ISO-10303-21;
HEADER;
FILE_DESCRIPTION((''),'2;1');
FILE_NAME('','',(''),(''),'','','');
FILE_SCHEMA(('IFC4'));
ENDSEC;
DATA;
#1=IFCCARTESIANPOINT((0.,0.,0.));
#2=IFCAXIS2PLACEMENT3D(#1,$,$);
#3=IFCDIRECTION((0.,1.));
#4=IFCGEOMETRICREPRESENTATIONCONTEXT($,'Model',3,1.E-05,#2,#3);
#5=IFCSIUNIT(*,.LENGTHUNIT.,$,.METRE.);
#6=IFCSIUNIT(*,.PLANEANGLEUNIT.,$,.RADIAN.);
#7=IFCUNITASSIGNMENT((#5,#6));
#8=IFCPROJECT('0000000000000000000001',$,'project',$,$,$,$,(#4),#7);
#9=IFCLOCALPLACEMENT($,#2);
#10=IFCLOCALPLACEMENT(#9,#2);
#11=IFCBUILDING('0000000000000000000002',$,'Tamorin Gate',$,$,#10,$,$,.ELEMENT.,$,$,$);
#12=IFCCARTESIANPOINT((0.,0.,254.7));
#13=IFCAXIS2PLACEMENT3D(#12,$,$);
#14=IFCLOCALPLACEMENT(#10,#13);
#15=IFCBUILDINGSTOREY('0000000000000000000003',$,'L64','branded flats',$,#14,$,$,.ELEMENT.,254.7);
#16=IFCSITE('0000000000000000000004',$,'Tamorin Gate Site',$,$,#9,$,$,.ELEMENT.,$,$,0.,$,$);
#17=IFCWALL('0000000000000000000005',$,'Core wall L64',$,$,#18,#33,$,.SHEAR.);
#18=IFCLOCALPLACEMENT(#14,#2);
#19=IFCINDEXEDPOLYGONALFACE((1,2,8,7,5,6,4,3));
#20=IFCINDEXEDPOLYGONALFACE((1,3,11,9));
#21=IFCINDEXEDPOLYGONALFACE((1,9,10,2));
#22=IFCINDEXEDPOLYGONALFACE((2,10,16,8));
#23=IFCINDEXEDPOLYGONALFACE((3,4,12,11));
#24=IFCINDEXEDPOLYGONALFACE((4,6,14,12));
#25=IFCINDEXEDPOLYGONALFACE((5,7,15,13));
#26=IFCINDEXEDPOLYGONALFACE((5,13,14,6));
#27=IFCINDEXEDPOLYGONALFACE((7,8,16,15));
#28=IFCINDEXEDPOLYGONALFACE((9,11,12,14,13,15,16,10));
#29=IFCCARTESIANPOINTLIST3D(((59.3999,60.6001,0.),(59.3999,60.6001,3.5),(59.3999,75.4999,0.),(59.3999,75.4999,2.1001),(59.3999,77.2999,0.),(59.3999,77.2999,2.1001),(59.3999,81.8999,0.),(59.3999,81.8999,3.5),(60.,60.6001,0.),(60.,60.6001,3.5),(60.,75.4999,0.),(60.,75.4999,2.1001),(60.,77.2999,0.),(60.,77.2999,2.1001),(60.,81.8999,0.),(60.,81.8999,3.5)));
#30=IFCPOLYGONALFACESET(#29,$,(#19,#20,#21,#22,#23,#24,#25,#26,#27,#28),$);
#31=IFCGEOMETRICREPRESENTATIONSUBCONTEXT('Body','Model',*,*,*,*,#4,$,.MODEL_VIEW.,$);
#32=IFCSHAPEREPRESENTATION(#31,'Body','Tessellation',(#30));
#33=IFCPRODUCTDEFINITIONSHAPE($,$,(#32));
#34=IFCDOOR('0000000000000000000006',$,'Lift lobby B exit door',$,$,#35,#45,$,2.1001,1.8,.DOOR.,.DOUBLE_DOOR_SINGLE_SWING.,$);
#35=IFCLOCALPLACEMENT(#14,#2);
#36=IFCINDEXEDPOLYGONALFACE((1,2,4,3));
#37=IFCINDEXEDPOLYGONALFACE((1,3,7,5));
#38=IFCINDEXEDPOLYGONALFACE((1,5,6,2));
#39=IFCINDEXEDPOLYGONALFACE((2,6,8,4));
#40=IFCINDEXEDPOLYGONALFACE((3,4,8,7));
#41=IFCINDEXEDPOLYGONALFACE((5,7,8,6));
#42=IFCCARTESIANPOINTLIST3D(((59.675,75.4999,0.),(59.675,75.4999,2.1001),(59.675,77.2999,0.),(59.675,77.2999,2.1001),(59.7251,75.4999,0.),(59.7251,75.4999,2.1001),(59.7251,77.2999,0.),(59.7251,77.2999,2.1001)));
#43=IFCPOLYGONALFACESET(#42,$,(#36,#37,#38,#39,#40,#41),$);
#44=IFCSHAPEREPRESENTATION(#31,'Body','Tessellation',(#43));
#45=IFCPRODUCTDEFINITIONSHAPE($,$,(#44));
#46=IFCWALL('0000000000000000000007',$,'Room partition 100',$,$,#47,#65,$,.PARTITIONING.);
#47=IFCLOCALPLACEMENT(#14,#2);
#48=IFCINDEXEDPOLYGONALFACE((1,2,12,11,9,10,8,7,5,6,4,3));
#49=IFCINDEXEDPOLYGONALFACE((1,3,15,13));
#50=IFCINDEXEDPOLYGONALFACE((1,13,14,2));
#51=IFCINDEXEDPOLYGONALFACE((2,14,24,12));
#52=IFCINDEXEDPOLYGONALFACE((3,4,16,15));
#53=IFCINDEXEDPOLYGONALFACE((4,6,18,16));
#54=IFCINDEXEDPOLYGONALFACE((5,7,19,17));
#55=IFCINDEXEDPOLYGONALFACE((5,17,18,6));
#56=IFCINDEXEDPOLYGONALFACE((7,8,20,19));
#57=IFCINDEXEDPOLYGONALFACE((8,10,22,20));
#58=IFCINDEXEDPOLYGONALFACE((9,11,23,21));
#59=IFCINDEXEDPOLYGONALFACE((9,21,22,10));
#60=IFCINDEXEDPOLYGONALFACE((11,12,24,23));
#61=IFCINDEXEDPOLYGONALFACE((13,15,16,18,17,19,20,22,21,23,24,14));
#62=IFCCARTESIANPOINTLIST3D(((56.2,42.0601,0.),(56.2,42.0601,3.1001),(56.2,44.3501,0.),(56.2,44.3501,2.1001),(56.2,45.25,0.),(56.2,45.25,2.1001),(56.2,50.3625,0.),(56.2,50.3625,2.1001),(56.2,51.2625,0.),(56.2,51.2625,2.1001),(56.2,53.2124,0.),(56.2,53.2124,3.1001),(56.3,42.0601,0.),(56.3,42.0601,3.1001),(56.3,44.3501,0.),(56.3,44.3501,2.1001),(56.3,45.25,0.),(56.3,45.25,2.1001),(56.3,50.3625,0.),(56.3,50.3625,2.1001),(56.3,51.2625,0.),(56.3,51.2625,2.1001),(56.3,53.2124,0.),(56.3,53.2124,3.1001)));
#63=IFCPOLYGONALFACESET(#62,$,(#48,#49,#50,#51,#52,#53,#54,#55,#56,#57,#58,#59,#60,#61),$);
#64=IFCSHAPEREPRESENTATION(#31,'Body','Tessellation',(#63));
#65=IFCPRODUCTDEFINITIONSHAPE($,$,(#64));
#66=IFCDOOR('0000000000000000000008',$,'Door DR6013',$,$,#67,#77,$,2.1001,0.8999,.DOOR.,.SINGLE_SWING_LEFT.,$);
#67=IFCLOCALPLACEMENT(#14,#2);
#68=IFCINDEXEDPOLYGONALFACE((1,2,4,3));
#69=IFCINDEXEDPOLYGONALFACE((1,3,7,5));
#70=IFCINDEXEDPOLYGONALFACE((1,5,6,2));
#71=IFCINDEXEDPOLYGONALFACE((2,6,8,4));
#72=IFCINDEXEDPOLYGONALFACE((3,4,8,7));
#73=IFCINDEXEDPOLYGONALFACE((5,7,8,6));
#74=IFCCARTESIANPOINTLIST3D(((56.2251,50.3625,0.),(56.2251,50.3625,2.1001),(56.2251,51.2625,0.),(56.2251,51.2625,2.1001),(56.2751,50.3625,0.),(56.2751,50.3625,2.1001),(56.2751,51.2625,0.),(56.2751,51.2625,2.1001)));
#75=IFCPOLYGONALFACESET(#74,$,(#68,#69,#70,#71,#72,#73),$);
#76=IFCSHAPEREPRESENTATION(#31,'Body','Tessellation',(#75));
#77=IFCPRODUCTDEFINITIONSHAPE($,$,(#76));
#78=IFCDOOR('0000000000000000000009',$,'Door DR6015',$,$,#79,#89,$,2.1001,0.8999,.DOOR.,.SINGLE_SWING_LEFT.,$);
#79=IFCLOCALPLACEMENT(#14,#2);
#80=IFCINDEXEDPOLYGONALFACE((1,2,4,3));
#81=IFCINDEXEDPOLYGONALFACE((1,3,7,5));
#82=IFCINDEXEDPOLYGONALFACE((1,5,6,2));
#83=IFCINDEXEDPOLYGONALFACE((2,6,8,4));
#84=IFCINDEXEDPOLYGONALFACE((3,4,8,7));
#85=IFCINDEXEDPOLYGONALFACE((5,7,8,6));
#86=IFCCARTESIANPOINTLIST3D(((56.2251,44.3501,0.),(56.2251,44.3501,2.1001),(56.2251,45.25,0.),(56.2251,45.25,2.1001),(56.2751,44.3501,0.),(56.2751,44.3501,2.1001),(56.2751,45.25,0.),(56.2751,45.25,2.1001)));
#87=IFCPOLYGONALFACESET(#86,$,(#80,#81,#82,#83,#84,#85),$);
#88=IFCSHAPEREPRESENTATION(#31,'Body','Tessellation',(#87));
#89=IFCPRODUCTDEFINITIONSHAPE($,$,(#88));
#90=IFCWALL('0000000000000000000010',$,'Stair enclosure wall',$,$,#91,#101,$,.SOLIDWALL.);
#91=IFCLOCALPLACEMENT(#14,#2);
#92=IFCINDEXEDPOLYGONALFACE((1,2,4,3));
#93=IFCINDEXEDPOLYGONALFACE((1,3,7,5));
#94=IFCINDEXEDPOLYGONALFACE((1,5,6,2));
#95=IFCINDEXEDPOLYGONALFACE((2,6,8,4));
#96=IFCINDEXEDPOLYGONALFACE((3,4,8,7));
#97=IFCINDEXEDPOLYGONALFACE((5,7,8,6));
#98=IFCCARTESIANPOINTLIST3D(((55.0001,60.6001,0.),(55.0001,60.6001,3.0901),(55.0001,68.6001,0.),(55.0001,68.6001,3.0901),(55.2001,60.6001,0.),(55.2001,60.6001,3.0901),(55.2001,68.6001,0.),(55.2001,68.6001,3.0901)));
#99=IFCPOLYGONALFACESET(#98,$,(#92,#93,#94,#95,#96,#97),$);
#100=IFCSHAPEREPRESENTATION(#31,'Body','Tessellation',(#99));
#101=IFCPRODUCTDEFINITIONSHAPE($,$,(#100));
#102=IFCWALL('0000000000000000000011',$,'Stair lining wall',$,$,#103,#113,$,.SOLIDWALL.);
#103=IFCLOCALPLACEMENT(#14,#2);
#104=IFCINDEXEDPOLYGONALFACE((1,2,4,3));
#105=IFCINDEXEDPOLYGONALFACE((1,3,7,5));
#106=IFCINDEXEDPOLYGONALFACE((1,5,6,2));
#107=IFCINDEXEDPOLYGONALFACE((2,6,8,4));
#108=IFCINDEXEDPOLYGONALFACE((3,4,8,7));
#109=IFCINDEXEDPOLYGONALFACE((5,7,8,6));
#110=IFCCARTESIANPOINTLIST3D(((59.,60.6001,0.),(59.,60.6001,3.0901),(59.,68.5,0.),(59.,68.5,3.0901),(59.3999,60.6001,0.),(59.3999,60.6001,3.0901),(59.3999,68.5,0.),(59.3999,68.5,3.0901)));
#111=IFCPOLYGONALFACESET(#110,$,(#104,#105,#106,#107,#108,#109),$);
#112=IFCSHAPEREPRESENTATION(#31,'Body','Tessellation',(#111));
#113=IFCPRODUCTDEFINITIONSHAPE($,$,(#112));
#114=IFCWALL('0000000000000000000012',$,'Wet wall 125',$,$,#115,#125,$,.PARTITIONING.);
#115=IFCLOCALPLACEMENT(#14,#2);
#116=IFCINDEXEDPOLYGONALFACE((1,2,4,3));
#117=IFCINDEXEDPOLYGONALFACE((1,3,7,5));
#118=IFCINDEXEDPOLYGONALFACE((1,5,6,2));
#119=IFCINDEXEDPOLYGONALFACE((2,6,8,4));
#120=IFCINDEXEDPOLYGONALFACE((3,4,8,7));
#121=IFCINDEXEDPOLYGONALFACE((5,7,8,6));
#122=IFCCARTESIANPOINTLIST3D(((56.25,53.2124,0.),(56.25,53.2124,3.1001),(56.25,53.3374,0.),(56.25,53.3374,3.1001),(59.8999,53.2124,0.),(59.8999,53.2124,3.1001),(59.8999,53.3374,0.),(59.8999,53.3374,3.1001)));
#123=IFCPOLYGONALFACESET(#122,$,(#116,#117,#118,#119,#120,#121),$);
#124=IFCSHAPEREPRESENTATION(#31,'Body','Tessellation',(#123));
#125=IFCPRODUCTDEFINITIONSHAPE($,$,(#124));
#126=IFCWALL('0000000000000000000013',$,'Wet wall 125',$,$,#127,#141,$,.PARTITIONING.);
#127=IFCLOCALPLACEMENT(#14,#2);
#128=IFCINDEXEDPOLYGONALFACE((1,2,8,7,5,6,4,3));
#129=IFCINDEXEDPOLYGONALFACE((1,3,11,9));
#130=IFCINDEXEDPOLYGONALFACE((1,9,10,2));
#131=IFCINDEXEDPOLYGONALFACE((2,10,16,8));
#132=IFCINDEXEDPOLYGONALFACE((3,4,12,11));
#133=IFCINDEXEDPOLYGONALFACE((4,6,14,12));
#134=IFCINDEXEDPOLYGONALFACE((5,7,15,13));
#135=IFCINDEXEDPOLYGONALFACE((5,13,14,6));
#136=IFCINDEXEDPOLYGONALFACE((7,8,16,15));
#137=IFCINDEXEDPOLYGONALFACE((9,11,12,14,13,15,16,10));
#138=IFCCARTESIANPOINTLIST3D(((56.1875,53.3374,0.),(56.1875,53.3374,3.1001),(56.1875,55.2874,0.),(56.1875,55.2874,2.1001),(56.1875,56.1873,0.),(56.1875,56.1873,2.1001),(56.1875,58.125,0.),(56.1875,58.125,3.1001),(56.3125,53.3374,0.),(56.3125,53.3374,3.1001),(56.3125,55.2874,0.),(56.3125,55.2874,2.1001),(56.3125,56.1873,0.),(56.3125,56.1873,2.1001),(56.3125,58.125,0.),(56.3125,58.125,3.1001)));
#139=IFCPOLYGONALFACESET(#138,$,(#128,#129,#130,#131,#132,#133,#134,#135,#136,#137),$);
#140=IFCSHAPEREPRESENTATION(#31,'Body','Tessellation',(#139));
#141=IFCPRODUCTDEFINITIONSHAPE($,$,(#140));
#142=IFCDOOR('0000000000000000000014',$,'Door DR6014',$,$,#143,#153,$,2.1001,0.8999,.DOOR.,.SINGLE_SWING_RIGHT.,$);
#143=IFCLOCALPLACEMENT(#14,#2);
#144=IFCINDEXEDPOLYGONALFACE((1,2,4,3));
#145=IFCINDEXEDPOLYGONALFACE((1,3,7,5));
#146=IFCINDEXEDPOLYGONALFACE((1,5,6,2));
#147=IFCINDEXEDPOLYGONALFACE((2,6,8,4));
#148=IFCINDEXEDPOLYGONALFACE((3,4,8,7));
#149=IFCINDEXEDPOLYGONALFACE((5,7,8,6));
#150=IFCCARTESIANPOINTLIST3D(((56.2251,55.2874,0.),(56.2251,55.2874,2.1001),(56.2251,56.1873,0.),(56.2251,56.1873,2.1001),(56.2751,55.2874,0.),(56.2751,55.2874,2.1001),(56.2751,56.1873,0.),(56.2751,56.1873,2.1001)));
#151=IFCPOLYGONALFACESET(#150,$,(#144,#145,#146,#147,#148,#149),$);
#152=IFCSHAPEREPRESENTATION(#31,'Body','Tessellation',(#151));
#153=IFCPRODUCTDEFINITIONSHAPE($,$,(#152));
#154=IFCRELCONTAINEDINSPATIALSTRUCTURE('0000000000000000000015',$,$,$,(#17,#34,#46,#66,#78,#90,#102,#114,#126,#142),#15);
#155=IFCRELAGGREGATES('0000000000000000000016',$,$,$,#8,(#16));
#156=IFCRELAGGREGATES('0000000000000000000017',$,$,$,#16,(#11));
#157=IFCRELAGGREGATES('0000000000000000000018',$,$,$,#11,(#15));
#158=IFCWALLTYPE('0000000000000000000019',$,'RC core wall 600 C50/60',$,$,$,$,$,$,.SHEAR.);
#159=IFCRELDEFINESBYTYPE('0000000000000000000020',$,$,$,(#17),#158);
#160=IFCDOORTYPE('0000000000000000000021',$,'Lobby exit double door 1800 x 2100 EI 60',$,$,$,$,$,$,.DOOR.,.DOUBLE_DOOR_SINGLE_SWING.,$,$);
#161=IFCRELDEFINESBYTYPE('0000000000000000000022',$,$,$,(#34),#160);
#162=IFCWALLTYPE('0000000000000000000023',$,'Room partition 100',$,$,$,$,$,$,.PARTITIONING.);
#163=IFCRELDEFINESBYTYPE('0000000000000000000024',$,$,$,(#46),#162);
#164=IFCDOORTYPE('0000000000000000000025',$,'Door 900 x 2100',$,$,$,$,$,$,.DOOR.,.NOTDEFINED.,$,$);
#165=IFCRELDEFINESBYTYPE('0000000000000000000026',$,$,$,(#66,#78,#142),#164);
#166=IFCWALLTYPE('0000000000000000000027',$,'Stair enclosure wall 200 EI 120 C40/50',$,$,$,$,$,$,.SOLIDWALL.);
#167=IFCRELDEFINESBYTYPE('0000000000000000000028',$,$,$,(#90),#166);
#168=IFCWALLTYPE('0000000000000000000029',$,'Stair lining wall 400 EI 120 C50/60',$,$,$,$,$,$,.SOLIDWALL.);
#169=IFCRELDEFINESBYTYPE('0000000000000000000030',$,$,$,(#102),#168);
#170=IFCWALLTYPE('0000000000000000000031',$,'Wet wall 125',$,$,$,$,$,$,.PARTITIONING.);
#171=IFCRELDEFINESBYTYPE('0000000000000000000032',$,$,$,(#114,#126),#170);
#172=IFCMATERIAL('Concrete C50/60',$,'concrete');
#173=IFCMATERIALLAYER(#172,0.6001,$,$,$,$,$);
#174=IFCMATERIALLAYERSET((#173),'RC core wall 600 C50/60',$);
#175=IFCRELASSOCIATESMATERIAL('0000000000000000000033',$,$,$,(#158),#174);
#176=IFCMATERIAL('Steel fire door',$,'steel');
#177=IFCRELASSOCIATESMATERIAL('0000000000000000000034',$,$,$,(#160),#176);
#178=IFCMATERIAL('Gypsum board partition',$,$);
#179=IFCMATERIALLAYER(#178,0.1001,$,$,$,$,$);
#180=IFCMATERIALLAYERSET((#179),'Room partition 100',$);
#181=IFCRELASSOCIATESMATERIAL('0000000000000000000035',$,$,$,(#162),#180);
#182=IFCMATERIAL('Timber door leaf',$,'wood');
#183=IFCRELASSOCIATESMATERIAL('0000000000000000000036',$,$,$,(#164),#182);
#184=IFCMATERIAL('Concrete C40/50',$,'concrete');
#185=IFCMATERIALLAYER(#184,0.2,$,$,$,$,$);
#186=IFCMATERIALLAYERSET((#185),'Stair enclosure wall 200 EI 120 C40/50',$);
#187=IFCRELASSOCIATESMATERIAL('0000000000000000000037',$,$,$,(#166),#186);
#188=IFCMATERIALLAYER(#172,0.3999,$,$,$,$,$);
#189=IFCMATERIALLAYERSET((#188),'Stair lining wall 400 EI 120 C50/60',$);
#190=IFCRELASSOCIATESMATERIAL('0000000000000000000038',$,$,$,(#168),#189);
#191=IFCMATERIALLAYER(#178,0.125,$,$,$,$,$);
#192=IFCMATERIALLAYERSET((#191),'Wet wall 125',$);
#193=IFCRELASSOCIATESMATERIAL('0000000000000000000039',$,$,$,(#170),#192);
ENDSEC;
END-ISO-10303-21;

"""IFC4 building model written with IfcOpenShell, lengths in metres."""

from ifc_helpers import new_model, si_unit, direction, frame, frame_2d, origin, place, context, subcontext, project, spatial, rectangle, extrude, material, layer, layer_set, type_object, element, fill, save


model = new_model("IFC4")

# Units and contexts
model_context = context("Model", 3, precision=1e-05, world=origin(), true_north=direction((0.0, 1.0)))
body_context = subcontext(model_context, "Body", "Model", "MODEL_VIEW")
ifc_project = project(units=[si_unit("LENGTHUNIT", "METRE"), si_unit("PLANEANGLEUNIT", "RADIAN")], contexts=[model_context])

# Site, building, storey
site_placement = place(None, origin())
site = spatial("IfcSite", under=ifc_project, at=site_placement, Name="Tamorin Gate Site", CompositionType="ELEMENT", RefElevation=0.0)
building_placement = place(site_placement, origin())
building = spatial("IfcBuilding", under=site, at=building_placement, Name="Tamorin Gate", CompositionType="ELEMENT")
storey_placement = place(building_placement, frame((0.0, 0.0, 254.7)))
storey = spatial("IfcBuildingStorey", under=building, at=storey_placement, Name="L64", Description="branded flats", CompositionType="ELEMENT", Elevation=254.7)

# Shared definitions
ifc_material_1 = material(Name="Concrete C50/60", Category="concrete")

# Shared definitions
ifc_material_2 = material(Name="Gypsum board partition")

# Wall, opening, door
ifc_layer_1 = layer(ifc_material_1, 0.6001)
ifc_layer_set_1 = layer_set([ifc_layer_1], Name="RC core wall 600 C50/60")
wall_type_1 = type_object("IfcWallType", Name="RC core wall 600 C50/60", PredefinedType="SHEAR", material=ifc_layer_set_1)
wall_1_placement = place(storey_placement, frame((59.7, 60.6001, 0.0), z_axis=(0.0, 0.0, 1.0), x_axis=(0.0, 1.0, 0.0)))
wall_1 = element("IfcWall", 1, at=wall_1_placement, inside=storey, type_object=wall_type_1, Name="Core wall L64", PredefinedType="SHEAR", context=body_context, shape_type="SweptSolid", body=[
    extrude(rectangle(XDim=21.2998, YDim=0.6001, at=frame_2d((10.6499, 0.0))), origin(), (0.0, 0.0, 1.0), 3.5),
])
opening_1_placement = place(wall_1_placement, frame((14.8999, 0.0, 0.0)))
opening_1 = element("IfcOpeningElement", 2, at=opening_1_placement, cuts=wall_1, PredefinedType="OPENING", context=body_context, shape_type="SweptSolid", body=[
    extrude(rectangle(XDim=1.8, YDim=2.1001, at=frame_2d((0.8999, 1.05))), frame((0.0, 0.3101, 0.0), z_axis=(0.0, -1.0, 0.0), x_axis=(1.0, 0.0, 0.0)), (0.0, 0.0, 1.0), 0.6201),
])
ifc_material_3 = material(Name="Steel fire door", Category="steel")
door_type_1 = type_object("IfcDoorType", Name="Lobby exit double door 1800 x 2100 EI 60", OperationType="DOUBLE_DOOR_SINGLE_SWING", PredefinedType="DOOR", material=ifc_material_3)
door_1_placement = place(opening_1_placement, origin())
door_1 = element("IfcDoor", 3, at=door_1_placement, inside=storey, type_object=door_type_1, Name="Lift lobby B exit door", OperationType="DOUBLE_DOOR_SINGLE_SWING", OverallHeight=2.1001, OverallWidth=1.8, PredefinedType="DOOR", context=body_context, shape_type="SweptSolid", body=[
    extrude(rectangle(XDim=1.8, YDim=2.1001, at=frame_2d((0.8999, 1.05))), frame((0.0, 0.0249, 0.0), z_axis=(0.0, -1.0, 0.0), x_axis=(1.0, 0.0, 0.0)), (0.0, 0.0, 1.0), 0.05),
])
fill(opening_1, door_1)

# Wall, openings, doors
ifc_layer_2 = layer(ifc_material_2, 0.1001)
ifc_layer_set_2 = layer_set([ifc_layer_2], Name="Room partition 100")
wall_type_2 = type_object("IfcWallType", Name="Room partition 100", PredefinedType="PARTITIONING", material=ifc_layer_set_2)
wall_2_placement = place(storey_placement, frame((56.25, 42.0601, 0.0), z_axis=(0.0, 0.0, 1.0), x_axis=(0.0, 1.0, 0.0)))
wall_2 = element("IfcWall", 4, at=wall_2_placement, inside=storey, type_object=wall_type_2, Name="Room partition 100", PredefinedType="PARTITIONING", context=body_context, shape_type="SweptSolid", body=[
    extrude(rectangle(XDim=11.1523, YDim=0.1001, at=frame_2d((5.5762, 0.0))), origin(), (0.0, 0.0, 1.0), 3.1001),
])
opening_2_placement = place(wall_2_placement, frame((8.3025, 0.0, 0.0)))
opening_2 = element("IfcOpeningElement", 5, at=opening_2_placement, cuts=wall_2, PredefinedType="OPENING", context=body_context, shape_type="SweptSolid", body=[
    extrude(rectangle(XDim=0.8999, YDim=2.1001, at=frame_2d((0.45, 1.05))), frame((0.0, 0.0601, 0.0), z_axis=(0.0, -1.0, 0.0), x_axis=(1.0, 0.0, 0.0)), (0.0, 0.0, 1.0), 0.1201),
])
opening_3_placement = place(wall_2_placement, frame((2.29, 0.0, 0.0)))
opening_3 = element("IfcOpeningElement", 6, at=opening_3_placement, cuts=wall_2, PredefinedType="OPENING", context=body_context, shape_type="SweptSolid", body=[
    extrude(rectangle(XDim=0.8999, YDim=2.1001, at=frame_2d((0.45, 1.05))), frame((0.0, 0.0601, 0.0), z_axis=(0.0, -1.0, 0.0), x_axis=(1.0, 0.0, 0.0)), (0.0, 0.0, 1.0), 0.1201),
])
ifc_material_4 = material(Name="Timber door leaf", Category="wood")
door_type_2 = type_object("IfcDoorType", Name="Door 900 x 2100", OperationType="NOTDEFINED", PredefinedType="DOOR", material=ifc_material_4)
door_2_placement = place(opening_2_placement, origin())
door_2 = element("IfcDoor", 7, at=door_2_placement, inside=storey, type_object=door_type_2, Name="Door DR6013", OperationType="SINGLE_SWING_LEFT", OverallHeight=2.1001, OverallWidth=0.8999, PredefinedType="DOOR", context=body_context, shape_type="SweptSolid", body=[
    extrude(rectangle(XDim=0.8999, YDim=2.1001, at=frame_2d((0.45, 1.05))), frame((0.0, 0.0249, 0.0), z_axis=(0.0, -1.0, 0.0), x_axis=(1.0, 0.0, 0.0)), (0.0, 0.0, 1.0), 0.05),
])
fill(opening_2, door_2)
door_3_placement = place(opening_3_placement, origin())
door_3 = element("IfcDoor", 8, at=door_3_placement, inside=storey, type_object=door_type_2, Name="Door DR6015", OperationType="SINGLE_SWING_LEFT", OverallHeight=2.1001, OverallWidth=0.8999, PredefinedType="DOOR", context=body_context, shape_type="SweptSolid", body=[
    extrude(rectangle(XDim=0.8999, YDim=2.1001, at=frame_2d((0.45, 1.05))), frame((0.0, 0.0249, 0.0), z_axis=(0.0, -1.0, 0.0), x_axis=(1.0, 0.0, 0.0)), (0.0, 0.0, 1.0), 0.05),
])
fill(opening_3, door_3)

# Walls
ifc_material_5 = material(Name="Concrete C40/50", Category="concrete")
ifc_layer_3 = layer(ifc_material_5, 0.2)
ifc_layer_set_3 = layer_set([ifc_layer_3], Name="Stair enclosure wall 200 EI 120 C40/50")
wall_type_3 = type_object("IfcWallType", Name="Stair enclosure wall 200 EI 120 C40/50", PredefinedType="SOLIDWALL", material=ifc_layer_set_3)
wall_3_placement = place(storey_placement, frame((55.1001, 60.6001, 0.0), z_axis=(0.0, 0.0, 1.0), x_axis=(0.0, 1.0, 0.0)))
element("IfcWall", 9, at=wall_3_placement, inside=storey, type_object=wall_type_3, Name="Stair enclosure wall", PredefinedType="SOLIDWALL", context=body_context, shape_type="SweptSolid", body=[
    extrude(rectangle(XDim=8.0, YDim=0.2, at=frame_2d((4.0, 0.0))), origin(), (0.0, 0.0, 1.0), 3.0901),
])
ifc_layer_4 = layer(ifc_material_1, 0.3999)
ifc_layer_set_4 = layer_set([ifc_layer_4], Name="Stair lining wall 400 EI 120 C50/60")
wall_type_4 = type_object("IfcWallType", Name="Stair lining wall 400 EI 120 C50/60", PredefinedType="SOLIDWALL", material=ifc_layer_set_4)
wall_4_placement = place(storey_placement, frame((59.2, 60.6001, 0.0), z_axis=(0.0, 0.0, 1.0), x_axis=(0.0, 1.0, 0.0)))
element("IfcWall", 10, at=wall_4_placement, inside=storey, type_object=wall_type_4, Name="Stair lining wall", PredefinedType="SOLIDWALL", context=body_context, shape_type="SweptSolid", body=[
    extrude(rectangle(XDim=7.8999, YDim=0.3999, at=frame_2d((3.95, 0.0))), origin(), (0.0, 0.0, 1.0), 3.0901),
])
ifc_layer_5 = layer(ifc_material_2, 0.125)
ifc_layer_set_5 = layer_set([ifc_layer_5], Name="Wet wall 125")
wall_type_5 = type_object("IfcWallType", Name="Wet wall 125", PredefinedType="PARTITIONING", material=ifc_layer_set_5)
wall_5_placement = place(storey_placement, frame((56.25, 53.2749, 0.0), z_axis=(0.0, 0.0, 1.0), x_axis=(1.0, 0.0, 0.0)))
element("IfcWall", 11, at=wall_5_placement, inside=storey, type_object=wall_type_5, Name="Wet wall 125", PredefinedType="PARTITIONING", context=body_context, shape_type="SweptSolid", body=[
    extrude(rectangle(XDim=3.6499, YDim=0.125, at=frame_2d((1.825, 0.0))), origin(), (0.0, 0.0, 1.0), 3.1001),
])

# Wall, opening, door
wall_6_placement = place(storey_placement, frame((56.25, 53.3374, 0.0), z_axis=(0.0, 0.0, 1.0), x_axis=(0.0, 1.0, 0.0)))
wall_6 = element("IfcWall", 12, at=wall_6_placement, inside=storey, type_object=wall_type_5, Name="Wet wall 125", PredefinedType="PARTITIONING", context=body_context, shape_type="SweptSolid", body=[
    extrude(rectangle(XDim=4.7876, YDim=0.125, at=frame_2d((2.3938, 0.0))), origin(), (0.0, 0.0, 1.0), 3.1001),
])
opening_4_placement = place(wall_6_placement, frame((1.95, 0.0, 0.0)))
opening_4 = element("IfcOpeningElement", 13, at=opening_4_placement, cuts=wall_6, PredefinedType="OPENING", context=body_context, shape_type="SweptSolid", body=[
    extrude(rectangle(XDim=0.8999, YDim=2.1001, at=frame_2d((0.45, 1.05))), frame((0.0, 0.0725, 0.0), z_axis=(0.0, -1.0, 0.0), x_axis=(1.0, 0.0, 0.0)), (0.0, 0.0, 1.0), 0.145),
])
door_4_placement = place(opening_4_placement, origin())
door_4 = element("IfcDoor", 14, at=door_4_placement, inside=storey, type_object=door_type_2, Name="Door DR6014", OperationType="SINGLE_SWING_RIGHT", OverallHeight=2.1001, OverallWidth=0.8999, PredefinedType="DOOR", context=body_context, shape_type="SweptSolid", body=[
    extrude(rectangle(XDim=0.8999, YDim=2.1001, at=frame_2d((0.45, 1.05))), frame((0.0, 0.0249, 0.0), z_axis=(0.0, -1.0, 0.0), x_axis=(1.0, 0.0, 0.0)), (0.0, 0.0, 1.0), 0.05),
])
fill(opening_4, door_4)

save(model, "model.ifc")
